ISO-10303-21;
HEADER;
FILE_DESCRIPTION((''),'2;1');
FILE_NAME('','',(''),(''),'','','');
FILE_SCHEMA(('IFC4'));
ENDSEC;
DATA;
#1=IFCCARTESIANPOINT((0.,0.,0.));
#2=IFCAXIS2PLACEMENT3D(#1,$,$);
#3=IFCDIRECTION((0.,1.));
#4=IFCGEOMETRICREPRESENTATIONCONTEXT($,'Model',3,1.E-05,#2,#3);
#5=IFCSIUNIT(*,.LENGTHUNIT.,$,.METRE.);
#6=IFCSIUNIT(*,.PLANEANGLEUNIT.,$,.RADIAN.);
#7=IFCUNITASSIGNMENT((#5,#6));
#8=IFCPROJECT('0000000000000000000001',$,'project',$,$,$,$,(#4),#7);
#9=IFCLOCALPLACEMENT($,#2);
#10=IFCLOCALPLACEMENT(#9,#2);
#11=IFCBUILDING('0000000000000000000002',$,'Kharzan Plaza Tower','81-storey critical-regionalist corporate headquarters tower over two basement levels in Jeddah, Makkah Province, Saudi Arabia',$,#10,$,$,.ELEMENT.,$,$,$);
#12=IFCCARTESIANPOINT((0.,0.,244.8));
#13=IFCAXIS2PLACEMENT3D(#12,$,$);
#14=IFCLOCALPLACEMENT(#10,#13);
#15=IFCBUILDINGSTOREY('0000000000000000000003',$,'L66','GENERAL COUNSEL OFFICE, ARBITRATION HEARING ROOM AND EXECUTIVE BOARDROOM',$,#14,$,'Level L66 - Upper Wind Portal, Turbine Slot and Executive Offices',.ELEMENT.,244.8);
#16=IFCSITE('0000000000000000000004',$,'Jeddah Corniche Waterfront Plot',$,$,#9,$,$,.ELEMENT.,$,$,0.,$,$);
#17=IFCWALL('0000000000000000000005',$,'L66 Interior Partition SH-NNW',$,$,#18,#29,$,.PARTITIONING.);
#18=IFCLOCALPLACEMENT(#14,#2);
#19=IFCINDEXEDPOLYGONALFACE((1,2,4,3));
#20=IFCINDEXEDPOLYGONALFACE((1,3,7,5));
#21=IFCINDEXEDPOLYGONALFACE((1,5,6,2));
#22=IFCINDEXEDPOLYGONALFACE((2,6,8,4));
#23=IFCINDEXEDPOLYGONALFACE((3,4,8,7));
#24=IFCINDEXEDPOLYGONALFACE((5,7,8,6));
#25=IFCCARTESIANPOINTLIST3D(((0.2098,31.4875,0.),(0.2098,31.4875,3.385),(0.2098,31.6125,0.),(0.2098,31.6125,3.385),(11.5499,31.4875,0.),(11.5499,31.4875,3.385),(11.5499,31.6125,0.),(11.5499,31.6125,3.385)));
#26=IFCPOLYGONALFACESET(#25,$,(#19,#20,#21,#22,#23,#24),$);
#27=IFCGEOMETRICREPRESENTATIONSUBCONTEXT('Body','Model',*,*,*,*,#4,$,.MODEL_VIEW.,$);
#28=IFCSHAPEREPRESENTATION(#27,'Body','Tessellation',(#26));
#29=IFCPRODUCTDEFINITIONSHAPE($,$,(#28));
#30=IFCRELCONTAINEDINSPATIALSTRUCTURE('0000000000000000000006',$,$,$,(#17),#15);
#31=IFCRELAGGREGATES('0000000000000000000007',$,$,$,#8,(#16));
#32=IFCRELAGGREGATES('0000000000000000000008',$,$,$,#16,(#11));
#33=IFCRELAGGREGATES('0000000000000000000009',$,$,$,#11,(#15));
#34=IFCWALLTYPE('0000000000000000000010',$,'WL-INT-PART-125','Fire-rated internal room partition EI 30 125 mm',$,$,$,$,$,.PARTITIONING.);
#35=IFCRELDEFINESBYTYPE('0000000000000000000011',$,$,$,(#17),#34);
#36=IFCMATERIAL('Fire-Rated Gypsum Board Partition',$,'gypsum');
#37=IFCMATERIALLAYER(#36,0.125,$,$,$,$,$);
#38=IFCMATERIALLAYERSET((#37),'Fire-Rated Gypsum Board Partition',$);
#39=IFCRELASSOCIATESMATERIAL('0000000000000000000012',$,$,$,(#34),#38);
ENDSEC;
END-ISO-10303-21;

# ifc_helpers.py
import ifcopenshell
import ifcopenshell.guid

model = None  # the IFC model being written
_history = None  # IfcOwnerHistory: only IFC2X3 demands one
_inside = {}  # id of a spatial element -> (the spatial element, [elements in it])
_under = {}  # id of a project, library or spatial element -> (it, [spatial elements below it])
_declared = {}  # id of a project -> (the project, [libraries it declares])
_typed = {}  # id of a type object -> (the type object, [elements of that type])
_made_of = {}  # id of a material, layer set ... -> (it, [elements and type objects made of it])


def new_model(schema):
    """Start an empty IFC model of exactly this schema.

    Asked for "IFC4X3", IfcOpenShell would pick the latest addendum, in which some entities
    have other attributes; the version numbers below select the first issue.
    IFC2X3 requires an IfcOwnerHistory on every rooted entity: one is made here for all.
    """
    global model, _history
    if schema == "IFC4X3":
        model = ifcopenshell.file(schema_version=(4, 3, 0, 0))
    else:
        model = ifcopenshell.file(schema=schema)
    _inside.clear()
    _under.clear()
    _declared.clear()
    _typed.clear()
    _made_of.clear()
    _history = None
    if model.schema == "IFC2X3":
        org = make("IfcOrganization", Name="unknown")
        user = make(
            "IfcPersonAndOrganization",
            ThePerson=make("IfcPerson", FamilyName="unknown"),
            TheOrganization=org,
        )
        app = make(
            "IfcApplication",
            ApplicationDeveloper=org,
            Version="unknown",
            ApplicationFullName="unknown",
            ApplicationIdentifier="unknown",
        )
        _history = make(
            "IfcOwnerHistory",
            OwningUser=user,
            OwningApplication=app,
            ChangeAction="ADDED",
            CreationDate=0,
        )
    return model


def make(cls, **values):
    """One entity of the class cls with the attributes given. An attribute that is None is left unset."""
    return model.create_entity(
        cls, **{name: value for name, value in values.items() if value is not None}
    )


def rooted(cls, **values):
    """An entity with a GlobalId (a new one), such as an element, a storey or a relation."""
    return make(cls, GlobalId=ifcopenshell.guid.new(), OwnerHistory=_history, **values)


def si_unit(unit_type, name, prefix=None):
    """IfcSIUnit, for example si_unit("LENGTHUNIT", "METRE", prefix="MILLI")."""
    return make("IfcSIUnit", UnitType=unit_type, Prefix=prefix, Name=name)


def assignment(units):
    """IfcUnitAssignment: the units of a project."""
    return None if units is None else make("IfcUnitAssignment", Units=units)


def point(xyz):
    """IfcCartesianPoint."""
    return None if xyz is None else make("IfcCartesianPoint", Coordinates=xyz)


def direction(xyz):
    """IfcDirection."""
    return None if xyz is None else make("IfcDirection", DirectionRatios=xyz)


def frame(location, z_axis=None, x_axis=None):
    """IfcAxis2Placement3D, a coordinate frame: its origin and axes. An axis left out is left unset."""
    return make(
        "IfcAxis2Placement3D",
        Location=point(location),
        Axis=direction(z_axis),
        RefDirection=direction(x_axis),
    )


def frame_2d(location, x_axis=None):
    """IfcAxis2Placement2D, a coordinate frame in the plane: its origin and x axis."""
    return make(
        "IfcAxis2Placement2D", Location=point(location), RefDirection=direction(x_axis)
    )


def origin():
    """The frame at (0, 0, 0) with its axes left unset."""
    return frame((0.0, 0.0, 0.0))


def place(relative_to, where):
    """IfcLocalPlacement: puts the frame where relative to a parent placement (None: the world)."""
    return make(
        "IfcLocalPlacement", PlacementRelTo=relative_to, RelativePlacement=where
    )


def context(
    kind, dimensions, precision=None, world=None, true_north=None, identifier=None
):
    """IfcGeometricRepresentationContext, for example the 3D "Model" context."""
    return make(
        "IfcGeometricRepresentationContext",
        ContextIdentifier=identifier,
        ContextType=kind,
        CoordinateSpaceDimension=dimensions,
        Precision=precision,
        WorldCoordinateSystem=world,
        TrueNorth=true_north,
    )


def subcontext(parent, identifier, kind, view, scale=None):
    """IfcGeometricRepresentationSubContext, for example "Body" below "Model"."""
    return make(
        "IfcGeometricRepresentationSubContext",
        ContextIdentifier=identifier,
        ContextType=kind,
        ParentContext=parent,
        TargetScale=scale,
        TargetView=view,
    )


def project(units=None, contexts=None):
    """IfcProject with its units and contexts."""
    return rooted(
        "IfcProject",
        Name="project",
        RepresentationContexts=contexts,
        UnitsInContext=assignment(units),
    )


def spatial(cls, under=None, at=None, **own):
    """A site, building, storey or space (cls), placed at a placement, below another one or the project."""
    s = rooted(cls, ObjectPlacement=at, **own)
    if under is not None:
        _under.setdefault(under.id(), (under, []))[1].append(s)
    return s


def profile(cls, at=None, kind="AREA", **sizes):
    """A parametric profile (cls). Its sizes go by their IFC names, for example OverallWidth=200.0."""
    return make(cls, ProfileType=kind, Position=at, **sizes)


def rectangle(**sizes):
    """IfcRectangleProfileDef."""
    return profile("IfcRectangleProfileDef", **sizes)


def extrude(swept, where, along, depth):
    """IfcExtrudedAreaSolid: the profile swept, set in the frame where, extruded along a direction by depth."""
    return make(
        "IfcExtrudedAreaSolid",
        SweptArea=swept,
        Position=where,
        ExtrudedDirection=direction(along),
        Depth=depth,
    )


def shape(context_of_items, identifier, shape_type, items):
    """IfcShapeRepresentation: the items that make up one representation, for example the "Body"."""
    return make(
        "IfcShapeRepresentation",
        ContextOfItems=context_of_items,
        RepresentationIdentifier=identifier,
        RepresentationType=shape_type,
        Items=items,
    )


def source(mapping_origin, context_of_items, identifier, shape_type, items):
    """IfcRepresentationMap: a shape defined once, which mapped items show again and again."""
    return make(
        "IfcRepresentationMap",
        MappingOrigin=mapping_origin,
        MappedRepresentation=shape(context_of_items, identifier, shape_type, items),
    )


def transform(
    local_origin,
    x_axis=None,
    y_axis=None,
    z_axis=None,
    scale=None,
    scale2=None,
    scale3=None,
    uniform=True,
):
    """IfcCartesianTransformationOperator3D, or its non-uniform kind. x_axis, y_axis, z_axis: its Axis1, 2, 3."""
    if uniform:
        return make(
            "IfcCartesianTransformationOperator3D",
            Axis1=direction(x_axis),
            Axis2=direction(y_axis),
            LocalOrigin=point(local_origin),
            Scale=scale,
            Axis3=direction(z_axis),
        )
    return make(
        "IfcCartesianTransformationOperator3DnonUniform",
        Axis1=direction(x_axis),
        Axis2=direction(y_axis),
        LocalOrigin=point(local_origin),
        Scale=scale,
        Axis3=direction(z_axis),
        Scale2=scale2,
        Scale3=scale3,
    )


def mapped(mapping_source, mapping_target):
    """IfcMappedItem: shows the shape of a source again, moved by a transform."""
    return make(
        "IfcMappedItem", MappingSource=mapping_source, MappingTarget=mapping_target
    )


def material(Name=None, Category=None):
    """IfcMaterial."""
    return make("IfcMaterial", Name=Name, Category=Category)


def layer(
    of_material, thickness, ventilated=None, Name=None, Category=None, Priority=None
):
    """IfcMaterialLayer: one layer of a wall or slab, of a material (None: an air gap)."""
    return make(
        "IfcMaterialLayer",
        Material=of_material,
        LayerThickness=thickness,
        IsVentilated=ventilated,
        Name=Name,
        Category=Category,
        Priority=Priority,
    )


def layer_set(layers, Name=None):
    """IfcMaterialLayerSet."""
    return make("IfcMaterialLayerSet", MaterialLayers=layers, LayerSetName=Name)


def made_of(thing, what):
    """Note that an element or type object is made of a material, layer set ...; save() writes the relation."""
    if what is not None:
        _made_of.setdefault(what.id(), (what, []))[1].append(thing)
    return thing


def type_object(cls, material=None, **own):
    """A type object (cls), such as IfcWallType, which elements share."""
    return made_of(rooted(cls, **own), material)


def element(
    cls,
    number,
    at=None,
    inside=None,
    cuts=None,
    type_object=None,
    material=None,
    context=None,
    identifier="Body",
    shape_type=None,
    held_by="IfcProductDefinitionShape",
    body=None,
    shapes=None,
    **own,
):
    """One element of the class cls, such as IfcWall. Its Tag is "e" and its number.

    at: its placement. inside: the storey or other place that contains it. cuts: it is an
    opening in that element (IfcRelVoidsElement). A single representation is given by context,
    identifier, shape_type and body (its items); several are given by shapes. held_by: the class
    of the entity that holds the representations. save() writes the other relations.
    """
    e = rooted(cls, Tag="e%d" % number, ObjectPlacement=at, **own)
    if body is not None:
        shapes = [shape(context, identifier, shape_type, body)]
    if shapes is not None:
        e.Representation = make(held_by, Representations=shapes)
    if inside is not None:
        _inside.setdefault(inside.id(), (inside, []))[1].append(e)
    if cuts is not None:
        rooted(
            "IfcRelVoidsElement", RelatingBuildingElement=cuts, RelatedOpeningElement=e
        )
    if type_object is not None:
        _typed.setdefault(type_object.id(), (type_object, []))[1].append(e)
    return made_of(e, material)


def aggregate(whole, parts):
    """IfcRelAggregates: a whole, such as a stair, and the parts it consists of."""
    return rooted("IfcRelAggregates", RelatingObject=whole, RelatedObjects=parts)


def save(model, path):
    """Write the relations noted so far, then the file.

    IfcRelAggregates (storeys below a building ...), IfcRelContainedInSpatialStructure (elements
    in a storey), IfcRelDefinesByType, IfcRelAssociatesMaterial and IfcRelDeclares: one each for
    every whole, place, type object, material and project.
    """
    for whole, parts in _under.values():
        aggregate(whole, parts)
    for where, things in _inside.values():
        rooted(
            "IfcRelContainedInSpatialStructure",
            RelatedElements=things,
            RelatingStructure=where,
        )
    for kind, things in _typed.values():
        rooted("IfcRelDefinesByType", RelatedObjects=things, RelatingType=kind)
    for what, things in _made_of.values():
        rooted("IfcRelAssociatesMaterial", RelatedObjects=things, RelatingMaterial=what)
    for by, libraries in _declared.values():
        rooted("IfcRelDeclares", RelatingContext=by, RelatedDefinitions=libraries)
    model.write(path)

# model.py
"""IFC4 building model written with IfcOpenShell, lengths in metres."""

from ifc_helpers import new_model, si_unit, direction, frame, frame_2d, origin, place, context, subcontext, project, spatial, rectangle, extrude, source, transform, mapped, material, layer, layer_set, type_object, element, save


model = new_model("IFC4")

# Units and contexts
model_context = context("Model", 3, precision=1e-05, world=origin(), true_north=direction((0.0, 1.0)))
body_context = subcontext(model_context, "Body", "Model", "MODEL_VIEW")
ifc_project = project(units=[si_unit("LENGTHUNIT", "METRE"), si_unit("PLANEANGLEUNIT", "RADIAN")], contexts=[model_context])

# Site, building, storey
site_placement = place(None, origin())
site = spatial("IfcSite", under=ifc_project, at=site_placement, Name="Jeddah Corniche Waterfront Plot", CompositionType="ELEMENT", RefElevation=0.0)
building_placement = place(site_placement, origin())
building = spatial("IfcBuilding", under=site, at=building_placement, Name="Kharzan Plaza Tower", Description="81-storey critical-regionalist corporate headquarters tower over two basement levels in Jeddah, Makkah Province, Saudi Arabia", CompositionType="ELEMENT")
storey_placement = place(building_placement, frame((0.0, 0.0, 244.8)))
storey = spatial("IfcBuildingStorey", under=building, at=storey_placement, Name="L66", Description="GENERAL COUNSEL OFFICE, ARBITRATION HEARING ROOM AND EXECUTIVE BOARDROOM", LongName="Level L66 - Upper Wind Portal, Turbine Slot and Executive Offices", CompositionType="ELEMENT", Elevation=244.8)

# Wall
ifc_material_1 = material(Name="Fire-Rated Gypsum Board Partition", Category="gypsum")
ifc_layer_1 = layer(ifc_material_1, 0.125)
ifc_layer_set_1 = layer_set([ifc_layer_1], Name="Fire-Rated Gypsum Board Partition")
wall_type_1 = type_object("IfcWallType", Name="WL-INT-PART-125", Description="Fire-rated internal room partition EI 30 125 mm", PredefinedType="PARTITIONING", material=ifc_layer_set_1)
shared_shape_1 = source(origin(), body_context, "Body", "SweptSolid", [
    extrude(rectangle(XDim=11.3401, YDim=0.125, at=frame_2d((5.6699, 0.0))), origin(), (0.0, 0.0, 1.0), 3.385),
])
wall_1_placement = place(storey_placement, frame((0.21, 31.55, 0.0), z_axis=(0.0, 0.0, 1.0), x_axis=(1.0, 0.0, 0.0)))
element("IfcWall", 1, at=wall_1_placement, inside=storey, type_object=wall_type_1, Name="L66 Interior Partition SH-NNW", PredefinedType="PARTITIONING", context=body_context, shape_type="MappedRepresentation", body=[
    mapped(shared_shape_1, transform((0.0, 0.0, 0.0), x_axis=(1.0, 0.0, 0.0), y_axis=(0.0, 1.0, 0.0), z_axis=(0.0, 0.0, 1.0))),
])

save(model, "model.ifc")
